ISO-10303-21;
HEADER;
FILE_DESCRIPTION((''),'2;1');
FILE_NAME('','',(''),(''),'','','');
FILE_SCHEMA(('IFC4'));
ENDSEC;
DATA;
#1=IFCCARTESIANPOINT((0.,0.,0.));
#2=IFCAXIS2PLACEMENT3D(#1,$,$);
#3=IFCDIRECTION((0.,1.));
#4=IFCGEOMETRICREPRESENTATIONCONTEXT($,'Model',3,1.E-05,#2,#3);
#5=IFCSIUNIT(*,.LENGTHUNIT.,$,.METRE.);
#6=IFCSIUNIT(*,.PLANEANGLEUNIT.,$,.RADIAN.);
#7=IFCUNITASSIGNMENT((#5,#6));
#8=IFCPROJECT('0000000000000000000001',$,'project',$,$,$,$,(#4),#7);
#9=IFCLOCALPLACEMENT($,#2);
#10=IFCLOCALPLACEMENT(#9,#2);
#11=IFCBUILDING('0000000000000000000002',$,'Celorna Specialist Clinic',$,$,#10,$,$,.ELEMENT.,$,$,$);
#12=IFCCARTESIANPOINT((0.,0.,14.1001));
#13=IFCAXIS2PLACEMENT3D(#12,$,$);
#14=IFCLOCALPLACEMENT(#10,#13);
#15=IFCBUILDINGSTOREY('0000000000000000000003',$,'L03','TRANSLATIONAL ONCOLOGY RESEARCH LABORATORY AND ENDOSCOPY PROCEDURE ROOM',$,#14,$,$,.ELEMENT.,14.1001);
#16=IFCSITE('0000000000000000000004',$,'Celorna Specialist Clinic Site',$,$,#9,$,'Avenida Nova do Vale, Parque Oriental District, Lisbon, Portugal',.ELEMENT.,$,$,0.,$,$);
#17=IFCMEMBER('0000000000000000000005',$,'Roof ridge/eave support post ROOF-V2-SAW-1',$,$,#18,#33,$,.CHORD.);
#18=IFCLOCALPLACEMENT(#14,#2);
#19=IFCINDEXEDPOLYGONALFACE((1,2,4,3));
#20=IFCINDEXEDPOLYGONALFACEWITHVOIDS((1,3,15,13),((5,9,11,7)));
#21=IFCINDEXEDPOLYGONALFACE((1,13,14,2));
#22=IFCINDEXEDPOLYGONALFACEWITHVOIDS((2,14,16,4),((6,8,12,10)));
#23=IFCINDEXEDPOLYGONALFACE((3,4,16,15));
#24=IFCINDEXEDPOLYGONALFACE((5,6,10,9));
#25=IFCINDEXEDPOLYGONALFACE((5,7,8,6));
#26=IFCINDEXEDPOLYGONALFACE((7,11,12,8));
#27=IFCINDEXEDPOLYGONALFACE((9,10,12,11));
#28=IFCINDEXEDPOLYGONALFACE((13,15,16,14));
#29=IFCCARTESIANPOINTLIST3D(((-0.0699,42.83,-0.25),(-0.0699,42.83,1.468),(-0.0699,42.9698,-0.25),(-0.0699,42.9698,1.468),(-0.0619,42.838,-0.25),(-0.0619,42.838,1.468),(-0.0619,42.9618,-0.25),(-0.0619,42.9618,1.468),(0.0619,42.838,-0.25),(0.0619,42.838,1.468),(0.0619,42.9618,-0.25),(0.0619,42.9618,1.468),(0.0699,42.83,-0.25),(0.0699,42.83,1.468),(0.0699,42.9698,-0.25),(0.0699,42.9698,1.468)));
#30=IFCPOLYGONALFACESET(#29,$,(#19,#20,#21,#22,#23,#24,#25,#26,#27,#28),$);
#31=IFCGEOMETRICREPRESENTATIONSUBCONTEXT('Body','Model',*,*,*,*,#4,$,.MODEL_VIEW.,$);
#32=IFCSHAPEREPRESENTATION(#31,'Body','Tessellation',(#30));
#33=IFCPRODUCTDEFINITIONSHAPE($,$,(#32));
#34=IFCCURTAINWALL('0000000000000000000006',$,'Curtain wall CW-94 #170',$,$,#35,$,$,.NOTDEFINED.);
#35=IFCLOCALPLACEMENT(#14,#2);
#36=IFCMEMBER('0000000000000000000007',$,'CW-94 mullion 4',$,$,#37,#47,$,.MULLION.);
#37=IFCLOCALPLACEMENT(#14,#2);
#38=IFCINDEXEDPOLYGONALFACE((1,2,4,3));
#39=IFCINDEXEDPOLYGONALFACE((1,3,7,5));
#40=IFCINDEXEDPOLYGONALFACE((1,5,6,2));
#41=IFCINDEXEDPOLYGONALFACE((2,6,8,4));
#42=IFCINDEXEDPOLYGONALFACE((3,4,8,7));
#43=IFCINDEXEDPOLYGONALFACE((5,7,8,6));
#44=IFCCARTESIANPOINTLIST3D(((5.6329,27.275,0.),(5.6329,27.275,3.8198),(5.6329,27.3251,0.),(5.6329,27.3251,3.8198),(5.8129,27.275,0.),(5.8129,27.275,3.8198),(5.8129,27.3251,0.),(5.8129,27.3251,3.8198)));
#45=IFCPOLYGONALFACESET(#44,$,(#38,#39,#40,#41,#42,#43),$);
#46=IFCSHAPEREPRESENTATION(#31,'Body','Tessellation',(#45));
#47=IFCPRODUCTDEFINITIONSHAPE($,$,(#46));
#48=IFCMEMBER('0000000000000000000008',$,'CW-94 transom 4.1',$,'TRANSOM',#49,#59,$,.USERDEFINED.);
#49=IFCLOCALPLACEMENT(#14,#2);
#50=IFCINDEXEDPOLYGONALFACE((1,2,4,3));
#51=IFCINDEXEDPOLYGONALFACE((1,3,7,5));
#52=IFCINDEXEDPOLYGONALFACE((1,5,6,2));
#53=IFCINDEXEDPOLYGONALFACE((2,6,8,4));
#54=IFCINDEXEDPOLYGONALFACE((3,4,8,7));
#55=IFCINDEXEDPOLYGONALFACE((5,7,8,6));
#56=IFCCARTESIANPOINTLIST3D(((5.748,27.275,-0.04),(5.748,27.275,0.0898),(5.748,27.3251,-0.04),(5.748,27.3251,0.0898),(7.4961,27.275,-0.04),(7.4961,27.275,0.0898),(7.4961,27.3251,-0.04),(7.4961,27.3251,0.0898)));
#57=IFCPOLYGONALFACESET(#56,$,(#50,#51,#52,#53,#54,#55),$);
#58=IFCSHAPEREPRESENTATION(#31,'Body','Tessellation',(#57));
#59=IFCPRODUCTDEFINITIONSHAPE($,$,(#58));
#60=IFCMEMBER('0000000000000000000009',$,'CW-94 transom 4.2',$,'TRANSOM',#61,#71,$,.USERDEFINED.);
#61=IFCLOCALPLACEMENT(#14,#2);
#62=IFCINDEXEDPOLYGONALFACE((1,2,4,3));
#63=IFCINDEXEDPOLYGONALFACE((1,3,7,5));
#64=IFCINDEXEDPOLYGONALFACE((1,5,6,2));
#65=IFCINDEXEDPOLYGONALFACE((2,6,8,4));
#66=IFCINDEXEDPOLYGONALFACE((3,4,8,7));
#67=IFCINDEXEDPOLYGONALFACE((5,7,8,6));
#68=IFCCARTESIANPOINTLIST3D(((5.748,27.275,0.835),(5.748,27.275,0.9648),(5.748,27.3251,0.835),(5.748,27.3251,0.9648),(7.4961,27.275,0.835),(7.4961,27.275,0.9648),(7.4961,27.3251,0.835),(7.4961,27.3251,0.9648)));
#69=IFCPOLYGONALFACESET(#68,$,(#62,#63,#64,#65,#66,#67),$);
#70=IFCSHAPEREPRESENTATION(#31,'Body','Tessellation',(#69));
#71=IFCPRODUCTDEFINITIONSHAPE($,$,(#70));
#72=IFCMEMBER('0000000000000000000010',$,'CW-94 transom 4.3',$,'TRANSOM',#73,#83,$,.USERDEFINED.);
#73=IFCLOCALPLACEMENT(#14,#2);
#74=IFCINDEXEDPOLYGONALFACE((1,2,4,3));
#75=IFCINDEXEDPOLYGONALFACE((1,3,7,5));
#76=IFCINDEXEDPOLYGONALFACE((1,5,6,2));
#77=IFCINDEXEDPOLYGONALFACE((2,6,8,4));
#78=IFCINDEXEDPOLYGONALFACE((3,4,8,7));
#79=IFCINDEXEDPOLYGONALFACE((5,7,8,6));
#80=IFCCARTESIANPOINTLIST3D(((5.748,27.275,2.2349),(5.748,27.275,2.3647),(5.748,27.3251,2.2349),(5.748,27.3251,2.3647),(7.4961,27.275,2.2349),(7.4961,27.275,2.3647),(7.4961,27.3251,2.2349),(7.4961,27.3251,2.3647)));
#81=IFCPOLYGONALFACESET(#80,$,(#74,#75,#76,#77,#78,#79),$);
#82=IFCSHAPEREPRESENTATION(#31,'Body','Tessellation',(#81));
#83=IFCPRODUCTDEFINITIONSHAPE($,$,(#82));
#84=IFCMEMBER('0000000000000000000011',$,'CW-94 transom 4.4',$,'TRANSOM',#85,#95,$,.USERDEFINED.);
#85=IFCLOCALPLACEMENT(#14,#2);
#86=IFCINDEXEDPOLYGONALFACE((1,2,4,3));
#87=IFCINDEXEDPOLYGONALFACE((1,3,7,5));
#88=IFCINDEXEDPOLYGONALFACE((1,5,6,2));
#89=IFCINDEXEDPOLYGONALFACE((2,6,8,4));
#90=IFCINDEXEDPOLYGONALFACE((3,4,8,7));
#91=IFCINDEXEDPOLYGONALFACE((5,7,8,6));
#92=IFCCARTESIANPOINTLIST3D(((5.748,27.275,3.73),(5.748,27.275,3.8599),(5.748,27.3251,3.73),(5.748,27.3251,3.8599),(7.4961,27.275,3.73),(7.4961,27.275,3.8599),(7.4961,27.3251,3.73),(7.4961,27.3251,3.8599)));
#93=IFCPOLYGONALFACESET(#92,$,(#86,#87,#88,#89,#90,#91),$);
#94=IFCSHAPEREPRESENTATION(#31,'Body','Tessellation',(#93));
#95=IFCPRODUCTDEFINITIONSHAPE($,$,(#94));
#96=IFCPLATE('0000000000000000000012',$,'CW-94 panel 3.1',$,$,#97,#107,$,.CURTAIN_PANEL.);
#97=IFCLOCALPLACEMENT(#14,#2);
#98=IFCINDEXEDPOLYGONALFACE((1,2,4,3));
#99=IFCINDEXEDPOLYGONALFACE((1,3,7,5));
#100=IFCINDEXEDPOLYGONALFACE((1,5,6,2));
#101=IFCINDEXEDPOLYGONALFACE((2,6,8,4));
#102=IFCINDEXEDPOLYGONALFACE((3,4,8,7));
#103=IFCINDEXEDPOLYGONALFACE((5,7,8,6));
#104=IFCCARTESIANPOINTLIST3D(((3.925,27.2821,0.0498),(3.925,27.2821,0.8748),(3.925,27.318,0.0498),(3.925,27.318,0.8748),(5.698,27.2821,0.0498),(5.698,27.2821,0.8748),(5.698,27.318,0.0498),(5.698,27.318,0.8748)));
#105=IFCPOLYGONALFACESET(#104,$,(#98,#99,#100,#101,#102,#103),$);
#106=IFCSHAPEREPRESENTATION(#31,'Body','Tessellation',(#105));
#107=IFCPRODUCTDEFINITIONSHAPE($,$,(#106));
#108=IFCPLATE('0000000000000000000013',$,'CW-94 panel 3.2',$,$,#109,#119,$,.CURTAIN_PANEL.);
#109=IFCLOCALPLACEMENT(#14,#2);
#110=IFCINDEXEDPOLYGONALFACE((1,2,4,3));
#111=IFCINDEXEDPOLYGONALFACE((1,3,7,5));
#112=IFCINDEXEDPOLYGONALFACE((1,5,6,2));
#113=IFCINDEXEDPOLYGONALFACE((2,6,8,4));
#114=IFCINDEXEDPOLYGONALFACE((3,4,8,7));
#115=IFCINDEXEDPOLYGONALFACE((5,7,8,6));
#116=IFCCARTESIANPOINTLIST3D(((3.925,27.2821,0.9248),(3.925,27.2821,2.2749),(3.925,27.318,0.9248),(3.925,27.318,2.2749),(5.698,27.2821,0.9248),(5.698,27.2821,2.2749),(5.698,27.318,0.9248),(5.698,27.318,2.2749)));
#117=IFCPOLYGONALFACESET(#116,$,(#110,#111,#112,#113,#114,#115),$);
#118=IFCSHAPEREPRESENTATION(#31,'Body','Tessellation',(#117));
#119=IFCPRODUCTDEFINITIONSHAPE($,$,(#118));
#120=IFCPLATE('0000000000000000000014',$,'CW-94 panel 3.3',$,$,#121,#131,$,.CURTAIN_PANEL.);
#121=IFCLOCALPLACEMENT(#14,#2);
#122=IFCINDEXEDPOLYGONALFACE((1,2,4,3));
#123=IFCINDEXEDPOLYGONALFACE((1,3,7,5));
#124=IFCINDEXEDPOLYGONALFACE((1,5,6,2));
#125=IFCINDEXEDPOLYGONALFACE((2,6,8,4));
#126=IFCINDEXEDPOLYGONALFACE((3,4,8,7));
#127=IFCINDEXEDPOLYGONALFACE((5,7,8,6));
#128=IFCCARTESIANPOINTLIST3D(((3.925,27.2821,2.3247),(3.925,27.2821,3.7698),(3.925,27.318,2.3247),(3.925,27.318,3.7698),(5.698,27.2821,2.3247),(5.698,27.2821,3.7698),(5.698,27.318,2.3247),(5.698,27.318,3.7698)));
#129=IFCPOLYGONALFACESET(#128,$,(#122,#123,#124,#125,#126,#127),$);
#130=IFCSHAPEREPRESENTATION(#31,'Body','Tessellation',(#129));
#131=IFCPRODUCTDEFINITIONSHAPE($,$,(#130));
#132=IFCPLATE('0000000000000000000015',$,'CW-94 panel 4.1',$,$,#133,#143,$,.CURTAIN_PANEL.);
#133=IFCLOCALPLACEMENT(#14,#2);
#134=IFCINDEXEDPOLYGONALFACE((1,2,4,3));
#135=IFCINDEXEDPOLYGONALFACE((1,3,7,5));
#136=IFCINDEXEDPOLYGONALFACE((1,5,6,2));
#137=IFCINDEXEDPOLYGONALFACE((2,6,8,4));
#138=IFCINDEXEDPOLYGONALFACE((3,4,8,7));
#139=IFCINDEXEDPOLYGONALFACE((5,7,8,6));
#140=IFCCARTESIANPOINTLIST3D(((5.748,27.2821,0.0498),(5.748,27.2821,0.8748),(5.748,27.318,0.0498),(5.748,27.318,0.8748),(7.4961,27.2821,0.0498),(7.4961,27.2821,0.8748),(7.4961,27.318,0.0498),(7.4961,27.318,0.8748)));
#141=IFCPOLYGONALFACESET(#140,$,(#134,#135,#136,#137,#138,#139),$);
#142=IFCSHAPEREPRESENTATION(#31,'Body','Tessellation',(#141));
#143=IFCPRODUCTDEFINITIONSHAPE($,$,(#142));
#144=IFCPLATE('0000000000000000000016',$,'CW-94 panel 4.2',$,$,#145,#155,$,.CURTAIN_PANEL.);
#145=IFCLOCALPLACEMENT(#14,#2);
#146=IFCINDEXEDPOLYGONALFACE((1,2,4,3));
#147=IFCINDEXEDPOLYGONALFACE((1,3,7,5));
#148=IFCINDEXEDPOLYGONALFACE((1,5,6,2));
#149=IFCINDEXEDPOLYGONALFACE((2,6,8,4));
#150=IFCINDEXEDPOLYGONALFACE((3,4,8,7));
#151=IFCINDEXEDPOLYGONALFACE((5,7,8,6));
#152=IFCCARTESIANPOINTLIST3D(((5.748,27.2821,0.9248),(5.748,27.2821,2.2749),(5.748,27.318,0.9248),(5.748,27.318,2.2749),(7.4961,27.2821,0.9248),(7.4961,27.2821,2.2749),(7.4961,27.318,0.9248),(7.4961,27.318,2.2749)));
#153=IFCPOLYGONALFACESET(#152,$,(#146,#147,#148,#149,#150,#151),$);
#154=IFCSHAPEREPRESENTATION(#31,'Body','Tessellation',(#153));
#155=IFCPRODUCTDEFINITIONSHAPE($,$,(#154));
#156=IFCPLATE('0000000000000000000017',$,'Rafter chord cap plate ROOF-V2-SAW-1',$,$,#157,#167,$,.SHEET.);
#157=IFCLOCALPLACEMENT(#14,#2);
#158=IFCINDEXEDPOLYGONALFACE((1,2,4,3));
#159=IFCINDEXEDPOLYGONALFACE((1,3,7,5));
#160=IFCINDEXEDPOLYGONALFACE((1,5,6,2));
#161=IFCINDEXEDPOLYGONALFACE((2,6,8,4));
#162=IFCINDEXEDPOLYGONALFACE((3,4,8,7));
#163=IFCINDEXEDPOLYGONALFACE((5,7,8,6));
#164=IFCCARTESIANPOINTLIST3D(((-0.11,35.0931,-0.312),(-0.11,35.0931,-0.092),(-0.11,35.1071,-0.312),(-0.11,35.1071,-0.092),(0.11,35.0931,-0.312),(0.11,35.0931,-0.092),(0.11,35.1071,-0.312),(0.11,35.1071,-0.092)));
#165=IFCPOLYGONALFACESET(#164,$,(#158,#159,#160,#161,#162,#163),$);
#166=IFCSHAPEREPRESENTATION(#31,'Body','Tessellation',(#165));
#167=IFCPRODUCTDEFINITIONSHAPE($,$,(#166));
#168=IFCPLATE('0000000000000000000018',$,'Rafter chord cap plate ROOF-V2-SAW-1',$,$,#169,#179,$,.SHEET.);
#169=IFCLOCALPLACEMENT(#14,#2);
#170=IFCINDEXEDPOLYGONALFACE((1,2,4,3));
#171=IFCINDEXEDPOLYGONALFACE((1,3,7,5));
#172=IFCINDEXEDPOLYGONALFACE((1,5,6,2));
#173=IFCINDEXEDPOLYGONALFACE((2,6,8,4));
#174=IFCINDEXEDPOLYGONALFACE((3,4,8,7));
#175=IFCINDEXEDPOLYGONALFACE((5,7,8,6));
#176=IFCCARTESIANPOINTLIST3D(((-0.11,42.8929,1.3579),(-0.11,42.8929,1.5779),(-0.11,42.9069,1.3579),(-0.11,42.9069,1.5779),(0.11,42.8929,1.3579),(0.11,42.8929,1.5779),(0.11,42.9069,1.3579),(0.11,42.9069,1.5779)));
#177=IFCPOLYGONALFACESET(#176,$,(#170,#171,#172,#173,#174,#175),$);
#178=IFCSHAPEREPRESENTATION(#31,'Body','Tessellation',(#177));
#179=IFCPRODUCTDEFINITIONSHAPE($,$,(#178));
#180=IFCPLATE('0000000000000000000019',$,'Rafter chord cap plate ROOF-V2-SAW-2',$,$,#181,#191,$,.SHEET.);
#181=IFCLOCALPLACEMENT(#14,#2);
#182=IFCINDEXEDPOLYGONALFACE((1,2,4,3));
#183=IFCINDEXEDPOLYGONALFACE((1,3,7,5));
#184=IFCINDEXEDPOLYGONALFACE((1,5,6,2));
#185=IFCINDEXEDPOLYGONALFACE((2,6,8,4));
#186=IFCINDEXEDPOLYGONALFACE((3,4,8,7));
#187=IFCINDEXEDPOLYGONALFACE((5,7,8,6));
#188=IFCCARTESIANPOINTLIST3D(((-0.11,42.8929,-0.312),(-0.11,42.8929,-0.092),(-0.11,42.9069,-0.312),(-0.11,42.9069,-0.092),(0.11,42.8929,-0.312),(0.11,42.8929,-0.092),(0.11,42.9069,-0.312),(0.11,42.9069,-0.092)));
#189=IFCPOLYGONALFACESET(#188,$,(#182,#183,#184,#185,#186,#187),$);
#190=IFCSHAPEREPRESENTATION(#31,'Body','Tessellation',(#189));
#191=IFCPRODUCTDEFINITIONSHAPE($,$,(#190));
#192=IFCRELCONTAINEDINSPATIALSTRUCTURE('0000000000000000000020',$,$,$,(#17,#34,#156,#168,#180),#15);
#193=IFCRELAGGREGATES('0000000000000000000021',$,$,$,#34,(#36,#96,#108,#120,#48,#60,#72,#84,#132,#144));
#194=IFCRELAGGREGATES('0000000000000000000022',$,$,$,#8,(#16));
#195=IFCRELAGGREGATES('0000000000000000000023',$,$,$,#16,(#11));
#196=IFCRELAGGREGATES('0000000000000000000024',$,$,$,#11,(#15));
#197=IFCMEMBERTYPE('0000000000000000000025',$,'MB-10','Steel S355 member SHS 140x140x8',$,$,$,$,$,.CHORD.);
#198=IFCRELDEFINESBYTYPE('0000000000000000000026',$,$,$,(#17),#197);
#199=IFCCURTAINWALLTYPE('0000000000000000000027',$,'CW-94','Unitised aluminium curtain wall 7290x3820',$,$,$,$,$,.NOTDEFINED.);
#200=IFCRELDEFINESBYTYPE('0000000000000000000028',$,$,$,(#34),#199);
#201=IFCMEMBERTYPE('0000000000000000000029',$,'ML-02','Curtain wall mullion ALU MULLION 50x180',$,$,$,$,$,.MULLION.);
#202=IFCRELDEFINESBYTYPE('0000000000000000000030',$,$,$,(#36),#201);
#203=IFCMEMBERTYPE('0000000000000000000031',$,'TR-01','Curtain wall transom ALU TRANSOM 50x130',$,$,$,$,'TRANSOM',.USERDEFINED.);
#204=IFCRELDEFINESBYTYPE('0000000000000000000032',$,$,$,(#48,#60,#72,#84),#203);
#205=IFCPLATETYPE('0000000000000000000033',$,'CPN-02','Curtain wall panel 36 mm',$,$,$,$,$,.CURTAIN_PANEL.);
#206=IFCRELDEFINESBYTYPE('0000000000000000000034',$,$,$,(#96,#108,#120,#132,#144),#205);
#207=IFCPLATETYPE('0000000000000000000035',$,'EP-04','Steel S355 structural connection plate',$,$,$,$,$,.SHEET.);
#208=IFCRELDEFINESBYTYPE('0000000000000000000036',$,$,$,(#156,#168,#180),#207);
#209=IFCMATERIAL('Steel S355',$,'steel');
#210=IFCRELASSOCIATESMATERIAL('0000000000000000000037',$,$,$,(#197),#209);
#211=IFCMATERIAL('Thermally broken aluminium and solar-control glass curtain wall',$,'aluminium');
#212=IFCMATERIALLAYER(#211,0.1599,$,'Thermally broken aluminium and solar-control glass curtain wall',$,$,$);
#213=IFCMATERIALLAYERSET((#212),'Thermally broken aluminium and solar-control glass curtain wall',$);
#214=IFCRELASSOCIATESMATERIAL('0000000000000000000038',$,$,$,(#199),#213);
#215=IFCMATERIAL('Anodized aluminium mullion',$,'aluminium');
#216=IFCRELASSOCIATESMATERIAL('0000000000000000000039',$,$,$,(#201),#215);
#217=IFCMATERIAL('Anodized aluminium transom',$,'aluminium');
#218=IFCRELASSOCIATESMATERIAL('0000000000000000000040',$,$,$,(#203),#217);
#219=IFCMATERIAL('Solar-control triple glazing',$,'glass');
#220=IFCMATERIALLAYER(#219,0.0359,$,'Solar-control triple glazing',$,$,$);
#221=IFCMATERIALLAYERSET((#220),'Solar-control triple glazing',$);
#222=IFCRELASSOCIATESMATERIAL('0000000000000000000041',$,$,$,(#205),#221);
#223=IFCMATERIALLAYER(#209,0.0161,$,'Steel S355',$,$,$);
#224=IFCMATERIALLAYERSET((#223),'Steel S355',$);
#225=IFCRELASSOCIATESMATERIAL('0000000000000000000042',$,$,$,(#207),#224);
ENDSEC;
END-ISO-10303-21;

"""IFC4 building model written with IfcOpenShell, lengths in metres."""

from ifc_helpers import new_model, si_unit, direction, frame, origin, origin_2d, place, context, subcontext, project, spatial, rectangle, hollow_rectangle, extrude, material, layer, layer_set, material_profile, profile_set, type_object, element, aggregate, save


model = new_model("IFC4")

# Units and contexts
model_context = context("Model", 3, precision=1e-05, world=origin(), true_north=direction((0.0, 1.0)))
body_context = subcontext(model_context, "Body", "Model", "MODEL_VIEW")
ifc_project = project(units=[si_unit("LENGTHUNIT", "METRE"), si_unit("PLANEANGLEUNIT", "RADIAN")], contexts=[model_context])

# Site, building, storey
site_placement = place(None, origin())
site = spatial("IfcSite", under=ifc_project, at=site_placement, Name="Celorna Specialist Clinic Site", LongName="Avenida Nova do Vale, Parque Oriental District, Lisbon, Portugal", CompositionType="ELEMENT", RefElevation=0.0)
building_placement = place(site_placement, origin())
building = spatial("IfcBuilding", under=site, at=building_placement, Name="Celorna Specialist Clinic", CompositionType="ELEMENT")
storey_placement = place(building_placement, frame((0.0, 0.0, 14.1001)))
storey = spatial("IfcBuildingStorey", under=building, at=storey_placement, Name="L03", Description="TRANSLATIONAL ONCOLOGY RESEARCH LABORATORY AND ENDOSCOPY PROCEDURE ROOM", CompositionType="ELEMENT", Elevation=14.1001)

# Shared definitions
ifc_material_1 = material(Name="Steel S355", Category="steel")

# Member
ifc_material_profile_1 = material_profile(ifc_material_1, hollow_rectangle(XDim=0.1399, YDim=0.1399, WallThickness=0.0081, at=origin_2d()), Name="SHS 140x140x8")
ifc_profile_set_1 = profile_set([ifc_material_profile_1], Name="Steel S355")
member_type_1 = type_object("IfcMemberType", Name="MB-10", Description="Steel S355 member SHS 140x140x8", PredefinedType="CHORD", material=ifc_profile_set_1)
member_1_placement = place(storey_placement, frame((0.0, 42.8999, -0.25), z_axis=(0.0, 0.0, 1.0), x_axis=(1.0, 0.0, 0.0)))
element("IfcMember", 1, at=member_1_placement, inside=storey, type_object=member_type_1, Name="Roof ridge/eave support post ROOF-V2-SAW-1", PredefinedType="CHORD", context=body_context, shape_type="SweptSolid", body=[
    extrude(hollow_rectangle(XDim=0.1399, YDim=0.1399, WallThickness=0.0081, at=origin_2d()), origin(), (0.0, 0.0, 1.0), 1.718),
])

# Curtain wall, members, plates
ifc_material_2 = material(Name="Thermally broken aluminium and solar-control glass curtain wall", Category="aluminium")
ifc_layer_1 = layer(ifc_material_2, 0.1599, Name="Thermally broken aluminium and solar-control glass curtain wall")
ifc_layer_set_1 = layer_set([ifc_layer_1], Name="Thermally broken aluminium and solar-control glass curtain wall")
curtain_wall_type = type_object("IfcCurtainWallType", Name="CW-94", Description="Unitised aluminium curtain wall 7290x3820", PredefinedType="NOTDEFINED", material=ifc_layer_set_1)
curtain_wall_placement = place(storey_placement, origin())
curtain_wall = element("IfcCurtainWall", 2, at=curtain_wall_placement, inside=storey, type_object=curtain_wall_type, Name="Curtain wall CW-94 #170", PredefinedType="NOTDEFINED")
ifc_material_3 = material(Name="Anodized aluminium mullion", Category="aluminium")
ifc_material_profile_2 = material_profile(ifc_material_3, rectangle(XDim=0.05, YDim=0.1799, at=origin_2d()), Name="ALU MULLION 50x180")
ifc_profile_set_2 = profile_set([ifc_material_profile_2], Name="Anodized aluminium mullion")
member_type_2 = type_object("IfcMemberType", Name="ML-02", Description="Curtain wall mullion ALU MULLION 50x180", PredefinedType="MULLION", material=ifc_profile_set_2)
member_2_placement = place(storey_placement, frame((5.7229, 27.3, 0.0), z_axis=(0.0, 0.0, 1.0), x_axis=(0.0, 1.0, 0.0)))
member_2 = element("IfcMember", 3, at=member_2_placement, type_object=member_type_2, Name="CW-94 mullion 4", PredefinedType="MULLION", context=body_context, shape_type="SweptSolid", body=[
    extrude(rectangle(XDim=0.05, YDim=0.1799, at=origin_2d()), origin(), (0.0, 0.0, 1.0), 3.8198),
])
ifc_material_4 = material(Name="Anodized aluminium transom", Category="aluminium")
ifc_material_profile_3 = material_profile(ifc_material_4, rectangle(XDim=0.05, YDim=0.1299, at=origin_2d()), Name="ALU TRANSOM 50x130")
ifc_profile_set_3 = profile_set([ifc_material_profile_3], Name="Anodized aluminium transom")
member_type_3 = type_object("IfcMemberType", Name="TR-01", Description="Curtain wall transom ALU TRANSOM 50x130", ElementType="TRANSOM", PredefinedType="USERDEFINED", material=ifc_profile_set_3)
member_3_placement = place(storey_placement, frame((5.748, 27.3, 0.0249), z_axis=(1.0, 0.0, 0.0), x_axis=(0.0, 1.0, 0.0)))
member_3 = element("IfcMember", 4, at=member_3_placement, type_object=member_type_3, Name="CW-94 transom 4.1", ObjectType="TRANSOM", PredefinedType="USERDEFINED", context=body_context, shape_type="SweptSolid", body=[
    extrude(rectangle(XDim=0.05, YDim=0.1299, at=origin_2d()), origin(), (0.0, 0.0, 1.0), 1.748),
])
member_4_placement = place(storey_placement, frame((5.748, 27.3, 0.8999), z_axis=(1.0, 0.0, 0.0), x_axis=(0.0, 1.0, 0.0)))
member_4 = element("IfcMember", 5, at=member_4_placement, type_object=member_type_3, Name="CW-94 transom 4.2", ObjectType="TRANSOM", PredefinedType="USERDEFINED", context=body_context, shape_type="SweptSolid", body=[
    extrude(rectangle(XDim=0.05, YDim=0.1299, at=origin_2d()), origin(), (0.0, 0.0, 1.0), 1.748),
])
member_5_placement = place(storey_placement, frame((5.748, 27.3, 2.2998), z_axis=(1.0, 0.0, 0.0), x_axis=(0.0, 1.0, 0.0)))
member_5 = element("IfcMember", 6, at=member_5_placement, type_object=member_type_3, Name="CW-94 transom 4.3", ObjectType="TRANSOM", PredefinedType="USERDEFINED", context=body_context, shape_type="SweptSolid", body=[
    extrude(rectangle(XDim=0.05, YDim=0.1299, at=origin_2d()), origin(), (0.0, 0.0, 1.0), 1.748),
])
member_6_placement = place(storey_placement, frame((5.748, 27.3, 3.7949), z_axis=(1.0, 0.0, 0.0), x_axis=(0.0, 1.0, 0.0)))
member_6 = element("IfcMember", 7, at=member_6_placement, type_object=member_type_3, Name="CW-94 transom 4.4", ObjectType="TRANSOM", PredefinedType="USERDEFINED", context=body_context, shape_type="SweptSolid", body=[
    extrude(rectangle(XDim=0.05, YDim=0.1299, at=origin_2d()), origin(), (0.0, 0.0, 1.0), 1.748),
])
ifc_material_5 = material(Name="Solar-control triple glazing", Category="glass")
ifc_layer_2 = layer(ifc_material_5, 0.0359, Name="Solar-control triple glazing")
ifc_layer_set_2 = layer_set([ifc_layer_2], Name="Solar-control triple glazing")
plate_type_1 = type_object("IfcPlateType", Name="CPN-02", Description="Curtain wall panel 36 mm", PredefinedType="CURTAIN_PANEL", material=ifc_layer_set_2)
plate_1_placement = place(storey_placement, frame((4.8115, 27.3, 0.0498), z_axis=(0.0, 0.0, 1.0), x_axis=(1.0, 0.0, 0.0)))
plate_1 = element("IfcPlate", 8, at=plate_1_placement, type_object=plate_type_1, Name="CW-94 panel 3.1", PredefinedType="CURTAIN_PANEL", context=body_context, shape_type="SweptSolid", body=[
    extrude(rectangle(XDim=1.7729, YDim=0.0359, at=origin_2d()), origin(), (0.0, 0.0, 1.0), 0.825),
])
plate_2_placement = place(storey_placement, frame((4.8115, 27.3, 0.9248), z_axis=(0.0, 0.0, 1.0), x_axis=(1.0, 0.0, 0.0)))
plate_2 = element("IfcPlate", 9, at=plate_2_placement, type_object=plate_type_1, Name="CW-94 panel 3.2", PredefinedType="CURTAIN_PANEL", context=body_context, shape_type="SweptSolid", body=[
    extrude(rectangle(XDim=1.7729, YDim=0.0359, at=origin_2d()), origin(), (0.0, 0.0, 1.0), 1.3501),
])
plate_3_placement = place(storey_placement, frame((4.8115, 27.3, 2.3247), z_axis=(0.0, 0.0, 1.0), x_axis=(1.0, 0.0, 0.0)))
plate_3 = element("IfcPlate", 10, at=plate_3_placement, type_object=plate_type_1, Name="CW-94 panel 3.3", PredefinedType="CURTAIN_PANEL", context=body_context, shape_type="SweptSolid", body=[
    extrude(rectangle(XDim=1.7729, YDim=0.0359, at=origin_2d()), origin(), (0.0, 0.0, 1.0), 1.4451),
])
plate_4_placement = place(storey_placement, frame((6.6221, 27.3, 0.0498), z_axis=(0.0, 0.0, 1.0), x_axis=(1.0, 0.0, 0.0)))
plate_4 = element("IfcPlate", 11, at=plate_4_placement, type_object=plate_type_1, Name="CW-94 panel 4.1", PredefinedType="CURTAIN_PANEL", context=body_context, shape_type="SweptSolid", body=[
    extrude(rectangle(XDim=1.748, YDim=0.0359, at=origin_2d()), origin(), (0.0, 0.0, 1.0), 0.825),
])
plate_5_placement = place(storey_placement, frame((6.6221, 27.3, 0.9248), z_axis=(0.0, 0.0, 1.0), x_axis=(1.0, 0.0, 0.0)))
plate_5 = element("IfcPlate", 12, at=plate_5_placement, type_object=plate_type_1, Name="CW-94 panel 4.2", PredefinedType="CURTAIN_PANEL", context=body_context, shape_type="SweptSolid", body=[
    extrude(rectangle(XDim=1.748, YDim=0.0359, at=origin_2d()), origin(), (0.0, 0.0, 1.0), 1.3501),
])
aggregate(curtain_wall, [member_2, plate_1, plate_2, plate_3, member_3, member_4, member_5, member_6, plate_4, plate_5])

# Plates
ifc_layer_3 = layer(ifc_material_1, 0.0161, Name="Steel S355")
ifc_layer_set_3 = layer_set([ifc_layer_3], Name="Steel S355")
plate_type_2 = type_object("IfcPlateType", Name="EP-04", Description="Steel S355 structural connection plate", PredefinedType="SHEET", material=ifc_layer_set_3)
for number, where, z_axis, x_axis, name in (
    (13, (0.0, 35.1001, -0.312), (0.0, 0.0, 1.0), (1.0, 0.0, 0.0), "Rafter chord cap plate ROOF-V2-SAW-1"),
    (14, (0.0, 42.8999, 1.3579), (0.0, 0.0, 1.0), (1.0, 0.0, 0.0), "Rafter chord cap plate ROOF-V2-SAW-1"),
    (15, (0.0, 42.8999, -0.312), (0.0, 0.0, 1.0), (1.0, 0.0, 0.0), "Rafter chord cap plate ROOF-V2-SAW-2"),
):
    element("IfcPlate", number, at=place(storey_placement, frame(where, z_axis=z_axis, x_axis=x_axis)), inside=storey, type_object=plate_type_2, Name=name, PredefinedType="SHEET", context=body_context, shape_type="SweptSolid", body=[
        extrude(rectangle(XDim=0.22, YDim=0.0139, at=origin_2d()), origin(), (0.0, 0.0, 1.0), 0.22),
    ])

save(model, "model.ifc")
